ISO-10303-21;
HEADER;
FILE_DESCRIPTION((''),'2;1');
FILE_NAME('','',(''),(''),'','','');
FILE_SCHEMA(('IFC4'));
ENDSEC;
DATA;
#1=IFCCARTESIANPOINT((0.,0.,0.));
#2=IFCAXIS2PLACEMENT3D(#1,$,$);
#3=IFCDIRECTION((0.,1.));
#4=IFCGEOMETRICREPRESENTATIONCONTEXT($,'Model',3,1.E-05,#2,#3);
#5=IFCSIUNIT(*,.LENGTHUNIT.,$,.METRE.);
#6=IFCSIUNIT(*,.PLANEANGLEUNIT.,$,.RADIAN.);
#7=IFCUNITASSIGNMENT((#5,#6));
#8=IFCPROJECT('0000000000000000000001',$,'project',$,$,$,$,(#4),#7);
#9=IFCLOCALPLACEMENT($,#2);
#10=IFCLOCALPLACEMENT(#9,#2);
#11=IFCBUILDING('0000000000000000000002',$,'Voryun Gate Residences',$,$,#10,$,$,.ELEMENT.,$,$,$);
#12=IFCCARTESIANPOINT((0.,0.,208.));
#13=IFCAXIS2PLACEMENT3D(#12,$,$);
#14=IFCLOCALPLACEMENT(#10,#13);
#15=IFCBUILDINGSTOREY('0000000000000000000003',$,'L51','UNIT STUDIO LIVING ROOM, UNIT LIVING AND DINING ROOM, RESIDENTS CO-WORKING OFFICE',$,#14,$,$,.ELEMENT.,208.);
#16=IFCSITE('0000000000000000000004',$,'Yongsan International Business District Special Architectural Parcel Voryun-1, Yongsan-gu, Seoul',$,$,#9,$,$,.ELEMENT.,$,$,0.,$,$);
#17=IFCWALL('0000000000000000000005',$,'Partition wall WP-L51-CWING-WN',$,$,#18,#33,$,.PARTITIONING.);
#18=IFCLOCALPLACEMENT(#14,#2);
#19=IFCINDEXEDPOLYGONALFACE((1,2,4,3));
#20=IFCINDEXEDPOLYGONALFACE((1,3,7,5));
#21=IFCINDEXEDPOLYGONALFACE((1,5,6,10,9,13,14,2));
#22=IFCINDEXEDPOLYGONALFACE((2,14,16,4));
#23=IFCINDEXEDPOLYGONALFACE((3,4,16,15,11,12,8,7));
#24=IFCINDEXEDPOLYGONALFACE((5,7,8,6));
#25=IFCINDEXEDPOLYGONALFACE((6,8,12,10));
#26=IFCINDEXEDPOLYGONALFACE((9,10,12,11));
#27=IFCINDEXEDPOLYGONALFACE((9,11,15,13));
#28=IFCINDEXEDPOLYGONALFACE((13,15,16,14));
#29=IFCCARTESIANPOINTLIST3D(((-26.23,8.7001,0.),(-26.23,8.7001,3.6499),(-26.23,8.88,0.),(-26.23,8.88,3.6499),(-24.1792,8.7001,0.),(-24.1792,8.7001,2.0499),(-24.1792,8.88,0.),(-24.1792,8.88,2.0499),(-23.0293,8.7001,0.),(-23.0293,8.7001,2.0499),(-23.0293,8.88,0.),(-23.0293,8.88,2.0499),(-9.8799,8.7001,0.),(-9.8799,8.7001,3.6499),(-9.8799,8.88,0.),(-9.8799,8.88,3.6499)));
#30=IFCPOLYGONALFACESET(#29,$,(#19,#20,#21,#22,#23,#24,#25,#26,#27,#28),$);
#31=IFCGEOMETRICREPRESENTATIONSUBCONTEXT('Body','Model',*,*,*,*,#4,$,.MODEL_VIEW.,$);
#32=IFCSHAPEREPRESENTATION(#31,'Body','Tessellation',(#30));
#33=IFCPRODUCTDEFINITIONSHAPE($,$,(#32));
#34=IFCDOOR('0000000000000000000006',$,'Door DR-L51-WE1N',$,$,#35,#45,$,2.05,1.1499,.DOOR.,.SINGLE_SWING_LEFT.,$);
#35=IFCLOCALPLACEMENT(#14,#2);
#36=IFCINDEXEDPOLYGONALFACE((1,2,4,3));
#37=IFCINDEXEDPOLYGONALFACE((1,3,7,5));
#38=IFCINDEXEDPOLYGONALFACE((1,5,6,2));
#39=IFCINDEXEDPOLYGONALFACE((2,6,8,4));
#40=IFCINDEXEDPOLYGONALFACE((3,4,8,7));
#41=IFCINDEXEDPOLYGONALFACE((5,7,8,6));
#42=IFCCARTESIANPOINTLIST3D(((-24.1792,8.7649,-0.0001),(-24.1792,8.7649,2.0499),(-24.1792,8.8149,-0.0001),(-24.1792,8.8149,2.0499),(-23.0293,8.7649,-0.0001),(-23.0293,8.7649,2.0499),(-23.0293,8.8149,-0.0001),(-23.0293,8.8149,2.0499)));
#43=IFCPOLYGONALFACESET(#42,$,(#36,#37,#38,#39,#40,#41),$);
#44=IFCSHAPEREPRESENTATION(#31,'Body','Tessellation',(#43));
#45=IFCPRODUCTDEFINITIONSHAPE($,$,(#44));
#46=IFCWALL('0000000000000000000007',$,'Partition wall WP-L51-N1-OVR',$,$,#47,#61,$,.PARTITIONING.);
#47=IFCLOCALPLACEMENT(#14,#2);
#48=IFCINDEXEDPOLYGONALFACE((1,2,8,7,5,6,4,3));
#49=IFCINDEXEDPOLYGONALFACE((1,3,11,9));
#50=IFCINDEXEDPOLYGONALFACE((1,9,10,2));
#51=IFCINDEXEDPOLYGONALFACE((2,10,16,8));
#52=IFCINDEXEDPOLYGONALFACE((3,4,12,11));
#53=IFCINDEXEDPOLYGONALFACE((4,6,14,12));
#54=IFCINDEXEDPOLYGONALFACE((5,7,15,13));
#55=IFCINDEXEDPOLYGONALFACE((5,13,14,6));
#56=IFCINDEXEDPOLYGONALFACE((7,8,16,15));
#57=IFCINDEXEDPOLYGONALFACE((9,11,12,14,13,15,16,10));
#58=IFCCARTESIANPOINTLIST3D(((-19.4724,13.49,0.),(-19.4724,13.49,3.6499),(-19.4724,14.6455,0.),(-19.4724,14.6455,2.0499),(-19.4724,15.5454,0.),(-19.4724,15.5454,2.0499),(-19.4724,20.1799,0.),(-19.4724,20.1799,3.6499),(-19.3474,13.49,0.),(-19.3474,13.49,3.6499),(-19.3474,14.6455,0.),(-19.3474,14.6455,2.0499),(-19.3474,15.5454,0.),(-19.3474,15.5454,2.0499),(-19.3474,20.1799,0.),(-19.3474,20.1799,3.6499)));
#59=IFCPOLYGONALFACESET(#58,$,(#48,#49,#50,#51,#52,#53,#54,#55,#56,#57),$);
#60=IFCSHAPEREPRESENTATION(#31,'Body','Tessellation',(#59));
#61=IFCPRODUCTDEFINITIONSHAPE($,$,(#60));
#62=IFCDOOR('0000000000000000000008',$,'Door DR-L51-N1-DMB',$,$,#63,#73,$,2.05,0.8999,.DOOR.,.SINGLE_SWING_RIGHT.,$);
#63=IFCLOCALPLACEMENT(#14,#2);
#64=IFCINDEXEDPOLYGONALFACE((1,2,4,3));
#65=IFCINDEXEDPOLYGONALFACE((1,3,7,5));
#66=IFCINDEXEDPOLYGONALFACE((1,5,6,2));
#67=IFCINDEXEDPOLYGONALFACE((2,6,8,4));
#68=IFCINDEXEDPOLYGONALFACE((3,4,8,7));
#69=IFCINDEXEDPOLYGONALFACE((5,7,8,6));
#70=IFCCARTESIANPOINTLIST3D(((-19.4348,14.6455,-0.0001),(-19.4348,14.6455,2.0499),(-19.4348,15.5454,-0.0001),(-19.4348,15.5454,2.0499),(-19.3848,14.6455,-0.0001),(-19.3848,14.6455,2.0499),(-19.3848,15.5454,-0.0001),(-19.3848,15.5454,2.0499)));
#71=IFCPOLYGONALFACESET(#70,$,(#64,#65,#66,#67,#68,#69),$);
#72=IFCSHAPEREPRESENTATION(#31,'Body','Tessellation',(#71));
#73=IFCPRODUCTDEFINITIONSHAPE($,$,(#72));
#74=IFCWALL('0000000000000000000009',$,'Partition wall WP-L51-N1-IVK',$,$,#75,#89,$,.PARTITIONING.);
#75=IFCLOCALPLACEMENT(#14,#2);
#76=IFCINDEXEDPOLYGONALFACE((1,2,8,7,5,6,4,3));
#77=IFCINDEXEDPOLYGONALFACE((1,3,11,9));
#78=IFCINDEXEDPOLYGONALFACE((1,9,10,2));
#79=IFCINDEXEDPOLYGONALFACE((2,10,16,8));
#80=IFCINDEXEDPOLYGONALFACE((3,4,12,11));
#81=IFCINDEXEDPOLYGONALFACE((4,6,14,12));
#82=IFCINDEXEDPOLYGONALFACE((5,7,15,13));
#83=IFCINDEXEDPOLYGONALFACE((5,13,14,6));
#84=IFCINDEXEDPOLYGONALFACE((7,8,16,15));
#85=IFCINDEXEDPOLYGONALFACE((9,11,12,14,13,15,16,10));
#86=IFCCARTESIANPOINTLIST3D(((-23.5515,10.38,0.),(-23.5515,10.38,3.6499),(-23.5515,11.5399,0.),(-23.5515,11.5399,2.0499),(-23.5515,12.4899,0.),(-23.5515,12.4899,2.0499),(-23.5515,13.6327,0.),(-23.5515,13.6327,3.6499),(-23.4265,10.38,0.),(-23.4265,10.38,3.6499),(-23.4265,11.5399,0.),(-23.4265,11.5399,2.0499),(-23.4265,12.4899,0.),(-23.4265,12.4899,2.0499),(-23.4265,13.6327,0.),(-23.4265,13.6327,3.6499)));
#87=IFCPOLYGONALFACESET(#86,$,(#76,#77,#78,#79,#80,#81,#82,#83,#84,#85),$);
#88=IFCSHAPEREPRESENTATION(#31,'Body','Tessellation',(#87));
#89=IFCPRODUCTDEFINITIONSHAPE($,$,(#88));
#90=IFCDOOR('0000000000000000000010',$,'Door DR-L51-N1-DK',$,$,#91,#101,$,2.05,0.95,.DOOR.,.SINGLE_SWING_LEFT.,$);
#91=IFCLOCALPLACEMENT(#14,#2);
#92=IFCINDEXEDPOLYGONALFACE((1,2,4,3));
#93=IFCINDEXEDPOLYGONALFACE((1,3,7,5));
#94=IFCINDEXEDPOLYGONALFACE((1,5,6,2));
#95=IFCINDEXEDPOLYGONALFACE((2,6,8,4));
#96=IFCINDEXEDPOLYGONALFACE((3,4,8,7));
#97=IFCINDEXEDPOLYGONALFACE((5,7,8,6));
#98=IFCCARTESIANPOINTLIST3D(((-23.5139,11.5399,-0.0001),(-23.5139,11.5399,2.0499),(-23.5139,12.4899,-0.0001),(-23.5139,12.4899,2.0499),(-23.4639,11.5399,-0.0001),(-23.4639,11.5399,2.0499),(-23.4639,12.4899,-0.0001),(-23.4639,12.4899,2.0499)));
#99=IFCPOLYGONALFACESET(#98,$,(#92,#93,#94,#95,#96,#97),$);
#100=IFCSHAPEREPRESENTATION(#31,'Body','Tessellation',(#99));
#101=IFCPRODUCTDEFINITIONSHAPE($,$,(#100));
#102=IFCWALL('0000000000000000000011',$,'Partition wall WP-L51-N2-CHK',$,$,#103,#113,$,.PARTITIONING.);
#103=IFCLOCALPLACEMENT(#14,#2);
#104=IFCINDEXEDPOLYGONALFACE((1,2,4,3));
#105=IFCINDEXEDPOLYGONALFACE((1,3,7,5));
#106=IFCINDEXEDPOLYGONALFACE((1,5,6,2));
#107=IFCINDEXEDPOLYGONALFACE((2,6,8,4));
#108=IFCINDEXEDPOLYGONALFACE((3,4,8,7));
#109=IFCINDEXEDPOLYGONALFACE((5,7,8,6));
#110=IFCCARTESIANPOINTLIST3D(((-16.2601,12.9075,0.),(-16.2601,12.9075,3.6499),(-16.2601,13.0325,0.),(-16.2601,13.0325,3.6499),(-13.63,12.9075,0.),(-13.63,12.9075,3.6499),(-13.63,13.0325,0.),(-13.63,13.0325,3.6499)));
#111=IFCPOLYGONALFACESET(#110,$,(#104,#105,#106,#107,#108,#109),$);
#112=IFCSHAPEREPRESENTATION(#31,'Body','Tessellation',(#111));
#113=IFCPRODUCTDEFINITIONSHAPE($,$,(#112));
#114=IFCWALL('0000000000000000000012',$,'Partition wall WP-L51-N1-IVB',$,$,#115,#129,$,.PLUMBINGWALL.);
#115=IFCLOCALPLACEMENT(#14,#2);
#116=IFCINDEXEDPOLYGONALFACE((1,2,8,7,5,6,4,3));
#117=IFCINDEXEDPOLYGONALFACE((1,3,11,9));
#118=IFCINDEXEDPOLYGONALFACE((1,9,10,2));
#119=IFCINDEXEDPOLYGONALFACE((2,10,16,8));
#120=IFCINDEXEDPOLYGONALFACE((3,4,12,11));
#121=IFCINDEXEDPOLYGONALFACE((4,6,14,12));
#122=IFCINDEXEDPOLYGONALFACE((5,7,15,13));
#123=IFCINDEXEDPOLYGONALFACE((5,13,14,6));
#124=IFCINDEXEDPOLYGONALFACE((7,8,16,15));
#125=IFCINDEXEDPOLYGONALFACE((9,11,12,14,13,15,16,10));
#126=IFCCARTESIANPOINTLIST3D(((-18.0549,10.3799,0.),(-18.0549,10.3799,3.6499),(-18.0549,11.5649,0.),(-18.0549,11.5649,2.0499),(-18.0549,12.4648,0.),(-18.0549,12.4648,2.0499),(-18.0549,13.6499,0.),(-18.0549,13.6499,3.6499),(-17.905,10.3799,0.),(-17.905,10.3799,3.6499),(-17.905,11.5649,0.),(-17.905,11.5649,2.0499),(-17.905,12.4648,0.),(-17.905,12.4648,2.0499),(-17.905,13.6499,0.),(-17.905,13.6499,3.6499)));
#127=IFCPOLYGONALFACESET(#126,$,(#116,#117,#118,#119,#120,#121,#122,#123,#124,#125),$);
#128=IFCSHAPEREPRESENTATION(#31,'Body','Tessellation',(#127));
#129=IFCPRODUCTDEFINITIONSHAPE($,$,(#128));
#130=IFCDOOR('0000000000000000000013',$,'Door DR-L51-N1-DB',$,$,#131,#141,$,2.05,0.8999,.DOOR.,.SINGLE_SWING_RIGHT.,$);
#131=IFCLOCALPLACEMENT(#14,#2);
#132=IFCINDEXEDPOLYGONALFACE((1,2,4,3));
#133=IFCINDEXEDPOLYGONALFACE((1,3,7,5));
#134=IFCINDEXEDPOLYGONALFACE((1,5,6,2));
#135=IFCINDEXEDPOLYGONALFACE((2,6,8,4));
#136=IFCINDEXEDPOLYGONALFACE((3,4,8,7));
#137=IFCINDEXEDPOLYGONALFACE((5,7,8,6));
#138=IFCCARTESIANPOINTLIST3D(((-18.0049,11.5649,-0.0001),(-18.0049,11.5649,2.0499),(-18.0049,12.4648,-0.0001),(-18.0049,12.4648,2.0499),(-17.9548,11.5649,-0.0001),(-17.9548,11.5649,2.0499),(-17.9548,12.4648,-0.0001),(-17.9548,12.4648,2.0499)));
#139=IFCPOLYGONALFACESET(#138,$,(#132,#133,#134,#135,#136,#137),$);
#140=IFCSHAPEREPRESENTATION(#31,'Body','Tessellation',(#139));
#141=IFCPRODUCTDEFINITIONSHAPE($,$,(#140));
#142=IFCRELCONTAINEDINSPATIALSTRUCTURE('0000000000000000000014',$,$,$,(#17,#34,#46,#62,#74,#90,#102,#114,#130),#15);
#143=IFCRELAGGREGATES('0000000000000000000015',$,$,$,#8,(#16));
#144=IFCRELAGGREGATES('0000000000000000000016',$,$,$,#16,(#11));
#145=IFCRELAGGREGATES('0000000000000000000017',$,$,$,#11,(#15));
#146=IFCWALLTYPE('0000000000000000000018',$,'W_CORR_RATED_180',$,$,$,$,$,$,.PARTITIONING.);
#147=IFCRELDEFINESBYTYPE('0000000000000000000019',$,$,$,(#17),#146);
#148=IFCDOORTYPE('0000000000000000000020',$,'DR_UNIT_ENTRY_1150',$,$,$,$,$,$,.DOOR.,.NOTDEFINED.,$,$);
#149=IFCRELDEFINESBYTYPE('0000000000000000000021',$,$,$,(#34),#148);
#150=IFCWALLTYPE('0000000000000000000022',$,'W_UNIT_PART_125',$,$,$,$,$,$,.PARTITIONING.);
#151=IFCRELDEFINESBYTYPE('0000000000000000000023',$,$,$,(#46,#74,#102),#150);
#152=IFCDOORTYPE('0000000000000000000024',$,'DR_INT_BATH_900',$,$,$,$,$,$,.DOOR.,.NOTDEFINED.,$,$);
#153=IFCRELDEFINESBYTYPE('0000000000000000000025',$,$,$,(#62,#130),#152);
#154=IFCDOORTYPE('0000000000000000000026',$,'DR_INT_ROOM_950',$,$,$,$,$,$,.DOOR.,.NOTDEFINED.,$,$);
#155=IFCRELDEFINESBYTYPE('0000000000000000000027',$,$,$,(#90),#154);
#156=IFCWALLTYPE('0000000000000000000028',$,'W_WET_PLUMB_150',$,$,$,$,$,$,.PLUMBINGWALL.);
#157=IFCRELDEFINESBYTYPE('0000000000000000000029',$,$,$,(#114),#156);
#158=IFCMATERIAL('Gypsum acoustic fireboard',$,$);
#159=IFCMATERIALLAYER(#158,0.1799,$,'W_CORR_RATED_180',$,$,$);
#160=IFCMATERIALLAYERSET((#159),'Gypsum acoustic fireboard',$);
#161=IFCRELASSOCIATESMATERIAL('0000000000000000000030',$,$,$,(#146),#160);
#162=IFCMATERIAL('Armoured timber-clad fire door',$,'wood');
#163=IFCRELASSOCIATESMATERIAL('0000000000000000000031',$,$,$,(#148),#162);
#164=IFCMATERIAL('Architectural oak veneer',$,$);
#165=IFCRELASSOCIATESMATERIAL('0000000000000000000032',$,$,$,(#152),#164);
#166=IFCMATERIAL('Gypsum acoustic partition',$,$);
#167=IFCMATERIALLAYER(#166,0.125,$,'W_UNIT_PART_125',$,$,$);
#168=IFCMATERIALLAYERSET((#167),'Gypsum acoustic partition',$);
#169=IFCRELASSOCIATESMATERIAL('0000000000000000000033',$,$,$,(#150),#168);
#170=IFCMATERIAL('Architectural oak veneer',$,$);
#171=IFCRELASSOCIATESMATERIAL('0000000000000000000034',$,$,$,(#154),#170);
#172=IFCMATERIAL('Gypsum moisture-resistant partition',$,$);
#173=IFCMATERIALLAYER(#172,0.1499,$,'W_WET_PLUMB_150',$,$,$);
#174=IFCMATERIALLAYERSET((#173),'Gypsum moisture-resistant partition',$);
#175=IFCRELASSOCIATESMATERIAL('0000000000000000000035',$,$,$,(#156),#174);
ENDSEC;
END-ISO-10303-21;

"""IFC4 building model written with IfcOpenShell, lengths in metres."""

from ifc_helpers import new_model, si_unit, direction, frame, frame_2d, origin, place, context, subcontext, project, spatial, rectangle, extrude, material, layer, layer_set, type_object, element, fill, save


model = new_model("IFC4")

# Units and contexts
model_context = context("Model", 3, precision=1e-05, world=origin(), true_north=direction((0.0, 1.0)))
body_context = subcontext(model_context, "Body", "Model", "MODEL_VIEW")
ifc_project = project(units=[si_unit("LENGTHUNIT", "METRE"), si_unit("PLANEANGLEUNIT", "RADIAN")], contexts=[model_context])

# Site, building, storey
site_placement = place(None, origin())
site = spatial("IfcSite", under=ifc_project, at=site_placement, Name="Yongsan International Business District Special Architectural Parcel Voryun-1, Yongsan-gu, Seoul", CompositionType="ELEMENT", RefElevation=0.0)
building_placement = place(site_placement, origin())
building = spatial("IfcBuilding", under=site, at=building_placement, Name="Voryun Gate Residences", CompositionType="ELEMENT")
storey_placement = place(building_placement, frame((0.0, 0.0, 208.0)))
storey = spatial("IfcBuildingStorey", under=building, at=storey_placement, Name="L51", Description="UNIT STUDIO LIVING ROOM, UNIT LIVING AND DINING ROOM, RESIDENTS CO-WORKING OFFICE", CompositionType="ELEMENT", Elevation=208.0)

# Wall, opening, door
ifc_material_1 = material(Name="Gypsum acoustic fireboard")
ifc_layer_1 = layer(ifc_material_1, 0.1799, Name="W_CORR_RATED_180")
ifc_layer_set_1 = layer_set([ifc_layer_1], Name="Gypsum acoustic fireboard")
wall_type_1 = type_object("IfcWallType", Name="W_CORR_RATED_180", PredefinedType="PARTITIONING", material=ifc_layer_set_1)
wall_1_placement = place(storey_placement, frame((-26.23, 8.79, 0.0), z_axis=(0.0, 0.0, 1.0), x_axis=(1.0, 0.0, 0.0)))
wall_1 = element("IfcWall", 1, at=wall_1_placement, inside=storey, type_object=wall_type_1, Name="Partition wall WP-L51-CWING-WN", PredefinedType="PARTITIONING", context=body_context, shape_type="SweptSolid", body=[
    extrude(rectangle(XDim=16.3501, YDim=0.1799, at=frame_2d((8.175, 0.0))), origin(), (0.0, 0.0, 1.0), 3.6499),
])
opening_1_placement = place(wall_1_placement, frame((2.0508, 0.0, 0.0)))
opening_1 = element("IfcOpeningElement", 2, at=opening_1_placement, cuts=wall_1, PredefinedType="OPENING", context=body_context, shape_type="SweptSolid", body=[
    extrude(rectangle(XDim=1.1499, YDim=2.05, at=frame_2d((0.575, 1.0249))), frame((0.0, 0.0999, 0.0), z_axis=(0.0, -1.0, 0.0), x_axis=(1.0, 0.0, 0.0)), (0.0, 0.0, 1.0), 0.2),
])
ifc_material_2 = material(Name="Armoured timber-clad fire door", Category="wood")
door_type_1 = type_object("IfcDoorType", Name="DR_UNIT_ENTRY_1150", OperationType="NOTDEFINED", PredefinedType="DOOR", material=ifc_material_2)
door_1_placement = place(opening_1_placement, origin())
door_1 = element("IfcDoor", 3, at=door_1_placement, inside=storey, type_object=door_type_1, Name="Door DR-L51-WE1N", OperationType="SINGLE_SWING_LEFT", OverallHeight=2.05, OverallWidth=1.1499, PredefinedType="DOOR", context=body_context, shape_type="SweptSolid", body=[
    extrude(rectangle(XDim=1.1499, YDim=2.05, at=frame_2d((0.575, 1.0249))), frame((0.0, 0.0249, 0.0), z_axis=(0.0, -1.0, 0.0), x_axis=(1.0, 0.0, 0.0)), (0.0, 0.0, 1.0), 0.05),
])
fill(opening_1, door_1)

# Shared definitions
ifc_material_3 = material(Name="Architectural oak veneer")
door_type_2 = type_object("IfcDoorType", Name="DR_INT_BATH_900", OperationType="NOTDEFINED", PredefinedType="DOOR", material=ifc_material_3)

# Walls, openings, doors
ifc_material_4 = material(Name="Gypsum acoustic partition")
ifc_layer_2 = layer(ifc_material_4, 0.125, Name="W_UNIT_PART_125")
ifc_layer_set_2 = layer_set([ifc_layer_2], Name="Gypsum acoustic partition")
wall_type_2 = type_object("IfcWallType", Name="W_UNIT_PART_125", PredefinedType="PARTITIONING", material=ifc_layer_set_2)
wall_2_placement = place(storey_placement, frame((-19.4099, 13.49, 0.0), z_axis=(0.0, 0.0, 1.0), x_axis=(0.0, 1.0, 0.0)))
wall_2 = element("IfcWall", 4, at=wall_2_placement, inside=storey, type_object=wall_type_2, Name="Partition wall WP-L51-N1-OVR", PredefinedType="PARTITIONING", context=body_context, shape_type="SweptSolid", body=[
    extrude(rectangle(XDim=6.6899, YDim=0.125, at=frame_2d((3.345, 0.0))), origin(), (0.0, 0.0, 1.0), 3.6499),
])
opening_2_placement = place(wall_2_placement, frame((1.1555, 0.0, 0.0)))
opening_2 = element("IfcOpeningElement", 5, at=opening_2_placement, cuts=wall_2, PredefinedType="OPENING", context=body_context, shape_type="SweptSolid", body=[
    extrude(rectangle(XDim=0.8999, YDim=2.05, at=frame_2d((0.45, 1.0249))), frame((0.0, 0.0725, 0.0), z_axis=(0.0, -1.0, 0.0), x_axis=(1.0, 0.0, 0.0)), (0.0, 0.0, 1.0), 0.145),
])
door_2_placement = place(opening_2_placement, origin())
door_2 = element("IfcDoor", 6, at=door_2_placement, inside=storey, type_object=door_type_2, Name="Door DR-L51-N1-DMB", OperationType="SINGLE_SWING_RIGHT", OverallHeight=2.05, OverallWidth=0.8999, PredefinedType="DOOR", context=body_context, shape_type="SweptSolid", body=[
    extrude(rectangle(XDim=0.8999, YDim=2.05, at=frame_2d((0.45, 1.0249))), frame((0.0, 0.0249, 0.0), z_axis=(0.0, -1.0, 0.0), x_axis=(1.0, 0.0, 0.0)), (0.0, 0.0, 1.0), 0.05),
])
fill(opening_2, door_2)
wall_3_placement = place(storey_placement, frame((-23.489, 10.3799, 0.0), z_axis=(0.0, 0.0, 1.0), x_axis=(0.0, 1.0, 0.0)))
wall_3 = element("IfcWall", 7, at=wall_3_placement, inside=storey, type_object=wall_type_2, Name="Partition wall WP-L51-N1-IVK", PredefinedType="PARTITIONING", context=body_context, shape_type="SweptSolid", body=[
    extrude(rectangle(XDim=3.2527, YDim=0.125, at=frame_2d((1.6265, 0.0))), origin(), (0.0, 0.0, 1.0), 3.6499),
])
opening_3_placement = place(wall_3_placement, frame((1.1599, 0.0, 0.0)))
opening_3 = element("IfcOpeningElement", 8, at=opening_3_placement, cuts=wall_3, PredefinedType="OPENING", context=body_context, shape_type="SweptSolid", body=[
    extrude(rectangle(XDim=0.95, YDim=2.05, at=frame_2d((0.4751, 1.0249))), frame((0.0, 0.0725, 0.0), z_axis=(0.0, -1.0, 0.0), x_axis=(1.0, 0.0, 0.0)), (0.0, 0.0, 1.0), 0.145),
])
ifc_material_5 = material(Name="Architectural oak veneer")
door_type_3 = type_object("IfcDoorType", Name="DR_INT_ROOM_950", OperationType="NOTDEFINED", PredefinedType="DOOR", material=ifc_material_5)
door_3_placement = place(opening_3_placement, origin())
door_3 = element("IfcDoor", 9, at=door_3_placement, inside=storey, type_object=door_type_3, Name="Door DR-L51-N1-DK", OperationType="SINGLE_SWING_LEFT", OverallHeight=2.05, OverallWidth=0.95, PredefinedType="DOOR", context=body_context, shape_type="SweptSolid", body=[
    extrude(rectangle(XDim=0.95, YDim=2.05, at=frame_2d((0.4751, 1.0249))), frame((0.0, 0.0249, 0.0), z_axis=(0.0, -1.0, 0.0), x_axis=(1.0, 0.0, 0.0)), (0.0, 0.0, 1.0), 0.05),
])
fill(opening_3, door_3)

# Wall
wall_4_placement = place(storey_placement, frame((-16.26, 12.97, 0.0), z_axis=(0.0, 0.0, 1.0), x_axis=(1.0, 0.0, 0.0)))
element("IfcWall", 10, at=wall_4_placement, inside=storey, type_object=wall_type_2, Name="Partition wall WP-L51-N2-CHK", PredefinedType="PARTITIONING", context=body_context, shape_type="SweptSolid", body=[
    extrude(rectangle(XDim=2.6301, YDim=0.125, at=frame_2d((1.3149, 0.0))), origin(), (0.0, 0.0, 1.0), 3.6499),
])

# Wall, opening, door
ifc_material_6 = material(Name="Gypsum moisture-resistant partition")
ifc_layer_3 = layer(ifc_material_6, 0.1499, Name="W_WET_PLUMB_150")
ifc_layer_set_3 = layer_set([ifc_layer_3], Name="Gypsum moisture-resistant partition")
wall_type_3 = type_object("IfcWallType", Name="W_WET_PLUMB_150", PredefinedType="PLUMBINGWALL", material=ifc_layer_set_3)
wall_5_placement = place(storey_placement, frame((-17.98, 10.3799, 0.0), z_axis=(0.0, 0.0, 1.0), x_axis=(0.0, 1.0, 0.0)))
wall_5 = element("IfcWall", 11, at=wall_5_placement, inside=storey, type_object=wall_type_3, Name="Partition wall WP-L51-N1-IVB", PredefinedType="PLUMBINGWALL", context=body_context, shape_type="SweptSolid", body=[
    extrude(rectangle(XDim=3.27, YDim=0.1499, at=frame_2d((1.635, 0.0))), origin(), (0.0, 0.0, 1.0), 3.6499),
])
opening_4_placement = place(wall_5_placement, frame((1.1851, 0.0, 0.0)))
opening_4 = element("IfcOpeningElement", 12, at=opening_4_placement, cuts=wall_5, PredefinedType="OPENING", context=body_context, shape_type="SweptSolid", body=[
    extrude(rectangle(XDim=0.8999, YDim=2.05, at=frame_2d((0.45, 1.0249))), frame((0.0, 0.085, 0.0), z_axis=(0.0, -1.0, 0.0), x_axis=(1.0, 0.0, 0.0)), (0.0, 0.0, 1.0), 0.1699),
])
door_4_placement = place(opening_4_placement, origin())
door_4 = element("IfcDoor", 13, at=door_4_placement, inside=storey, type_object=door_type_2, Name="Door DR-L51-N1-DB", OperationType="SINGLE_SWING_RIGHT", OverallHeight=2.05, OverallWidth=0.8999, PredefinedType="DOOR", context=body_context, shape_type="SweptSolid", body=[
    extrude(rectangle(XDim=0.8999, YDim=2.05, at=frame_2d((0.45, 1.0249))), frame((0.0, 0.0249, 0.0), z_axis=(0.0, -1.0, 0.0), x_axis=(1.0, 0.0, 0.0)), (0.0, 0.0, 1.0), 0.05),
])
fill(opening_4, door_4)

save(model, "model.ifc")
